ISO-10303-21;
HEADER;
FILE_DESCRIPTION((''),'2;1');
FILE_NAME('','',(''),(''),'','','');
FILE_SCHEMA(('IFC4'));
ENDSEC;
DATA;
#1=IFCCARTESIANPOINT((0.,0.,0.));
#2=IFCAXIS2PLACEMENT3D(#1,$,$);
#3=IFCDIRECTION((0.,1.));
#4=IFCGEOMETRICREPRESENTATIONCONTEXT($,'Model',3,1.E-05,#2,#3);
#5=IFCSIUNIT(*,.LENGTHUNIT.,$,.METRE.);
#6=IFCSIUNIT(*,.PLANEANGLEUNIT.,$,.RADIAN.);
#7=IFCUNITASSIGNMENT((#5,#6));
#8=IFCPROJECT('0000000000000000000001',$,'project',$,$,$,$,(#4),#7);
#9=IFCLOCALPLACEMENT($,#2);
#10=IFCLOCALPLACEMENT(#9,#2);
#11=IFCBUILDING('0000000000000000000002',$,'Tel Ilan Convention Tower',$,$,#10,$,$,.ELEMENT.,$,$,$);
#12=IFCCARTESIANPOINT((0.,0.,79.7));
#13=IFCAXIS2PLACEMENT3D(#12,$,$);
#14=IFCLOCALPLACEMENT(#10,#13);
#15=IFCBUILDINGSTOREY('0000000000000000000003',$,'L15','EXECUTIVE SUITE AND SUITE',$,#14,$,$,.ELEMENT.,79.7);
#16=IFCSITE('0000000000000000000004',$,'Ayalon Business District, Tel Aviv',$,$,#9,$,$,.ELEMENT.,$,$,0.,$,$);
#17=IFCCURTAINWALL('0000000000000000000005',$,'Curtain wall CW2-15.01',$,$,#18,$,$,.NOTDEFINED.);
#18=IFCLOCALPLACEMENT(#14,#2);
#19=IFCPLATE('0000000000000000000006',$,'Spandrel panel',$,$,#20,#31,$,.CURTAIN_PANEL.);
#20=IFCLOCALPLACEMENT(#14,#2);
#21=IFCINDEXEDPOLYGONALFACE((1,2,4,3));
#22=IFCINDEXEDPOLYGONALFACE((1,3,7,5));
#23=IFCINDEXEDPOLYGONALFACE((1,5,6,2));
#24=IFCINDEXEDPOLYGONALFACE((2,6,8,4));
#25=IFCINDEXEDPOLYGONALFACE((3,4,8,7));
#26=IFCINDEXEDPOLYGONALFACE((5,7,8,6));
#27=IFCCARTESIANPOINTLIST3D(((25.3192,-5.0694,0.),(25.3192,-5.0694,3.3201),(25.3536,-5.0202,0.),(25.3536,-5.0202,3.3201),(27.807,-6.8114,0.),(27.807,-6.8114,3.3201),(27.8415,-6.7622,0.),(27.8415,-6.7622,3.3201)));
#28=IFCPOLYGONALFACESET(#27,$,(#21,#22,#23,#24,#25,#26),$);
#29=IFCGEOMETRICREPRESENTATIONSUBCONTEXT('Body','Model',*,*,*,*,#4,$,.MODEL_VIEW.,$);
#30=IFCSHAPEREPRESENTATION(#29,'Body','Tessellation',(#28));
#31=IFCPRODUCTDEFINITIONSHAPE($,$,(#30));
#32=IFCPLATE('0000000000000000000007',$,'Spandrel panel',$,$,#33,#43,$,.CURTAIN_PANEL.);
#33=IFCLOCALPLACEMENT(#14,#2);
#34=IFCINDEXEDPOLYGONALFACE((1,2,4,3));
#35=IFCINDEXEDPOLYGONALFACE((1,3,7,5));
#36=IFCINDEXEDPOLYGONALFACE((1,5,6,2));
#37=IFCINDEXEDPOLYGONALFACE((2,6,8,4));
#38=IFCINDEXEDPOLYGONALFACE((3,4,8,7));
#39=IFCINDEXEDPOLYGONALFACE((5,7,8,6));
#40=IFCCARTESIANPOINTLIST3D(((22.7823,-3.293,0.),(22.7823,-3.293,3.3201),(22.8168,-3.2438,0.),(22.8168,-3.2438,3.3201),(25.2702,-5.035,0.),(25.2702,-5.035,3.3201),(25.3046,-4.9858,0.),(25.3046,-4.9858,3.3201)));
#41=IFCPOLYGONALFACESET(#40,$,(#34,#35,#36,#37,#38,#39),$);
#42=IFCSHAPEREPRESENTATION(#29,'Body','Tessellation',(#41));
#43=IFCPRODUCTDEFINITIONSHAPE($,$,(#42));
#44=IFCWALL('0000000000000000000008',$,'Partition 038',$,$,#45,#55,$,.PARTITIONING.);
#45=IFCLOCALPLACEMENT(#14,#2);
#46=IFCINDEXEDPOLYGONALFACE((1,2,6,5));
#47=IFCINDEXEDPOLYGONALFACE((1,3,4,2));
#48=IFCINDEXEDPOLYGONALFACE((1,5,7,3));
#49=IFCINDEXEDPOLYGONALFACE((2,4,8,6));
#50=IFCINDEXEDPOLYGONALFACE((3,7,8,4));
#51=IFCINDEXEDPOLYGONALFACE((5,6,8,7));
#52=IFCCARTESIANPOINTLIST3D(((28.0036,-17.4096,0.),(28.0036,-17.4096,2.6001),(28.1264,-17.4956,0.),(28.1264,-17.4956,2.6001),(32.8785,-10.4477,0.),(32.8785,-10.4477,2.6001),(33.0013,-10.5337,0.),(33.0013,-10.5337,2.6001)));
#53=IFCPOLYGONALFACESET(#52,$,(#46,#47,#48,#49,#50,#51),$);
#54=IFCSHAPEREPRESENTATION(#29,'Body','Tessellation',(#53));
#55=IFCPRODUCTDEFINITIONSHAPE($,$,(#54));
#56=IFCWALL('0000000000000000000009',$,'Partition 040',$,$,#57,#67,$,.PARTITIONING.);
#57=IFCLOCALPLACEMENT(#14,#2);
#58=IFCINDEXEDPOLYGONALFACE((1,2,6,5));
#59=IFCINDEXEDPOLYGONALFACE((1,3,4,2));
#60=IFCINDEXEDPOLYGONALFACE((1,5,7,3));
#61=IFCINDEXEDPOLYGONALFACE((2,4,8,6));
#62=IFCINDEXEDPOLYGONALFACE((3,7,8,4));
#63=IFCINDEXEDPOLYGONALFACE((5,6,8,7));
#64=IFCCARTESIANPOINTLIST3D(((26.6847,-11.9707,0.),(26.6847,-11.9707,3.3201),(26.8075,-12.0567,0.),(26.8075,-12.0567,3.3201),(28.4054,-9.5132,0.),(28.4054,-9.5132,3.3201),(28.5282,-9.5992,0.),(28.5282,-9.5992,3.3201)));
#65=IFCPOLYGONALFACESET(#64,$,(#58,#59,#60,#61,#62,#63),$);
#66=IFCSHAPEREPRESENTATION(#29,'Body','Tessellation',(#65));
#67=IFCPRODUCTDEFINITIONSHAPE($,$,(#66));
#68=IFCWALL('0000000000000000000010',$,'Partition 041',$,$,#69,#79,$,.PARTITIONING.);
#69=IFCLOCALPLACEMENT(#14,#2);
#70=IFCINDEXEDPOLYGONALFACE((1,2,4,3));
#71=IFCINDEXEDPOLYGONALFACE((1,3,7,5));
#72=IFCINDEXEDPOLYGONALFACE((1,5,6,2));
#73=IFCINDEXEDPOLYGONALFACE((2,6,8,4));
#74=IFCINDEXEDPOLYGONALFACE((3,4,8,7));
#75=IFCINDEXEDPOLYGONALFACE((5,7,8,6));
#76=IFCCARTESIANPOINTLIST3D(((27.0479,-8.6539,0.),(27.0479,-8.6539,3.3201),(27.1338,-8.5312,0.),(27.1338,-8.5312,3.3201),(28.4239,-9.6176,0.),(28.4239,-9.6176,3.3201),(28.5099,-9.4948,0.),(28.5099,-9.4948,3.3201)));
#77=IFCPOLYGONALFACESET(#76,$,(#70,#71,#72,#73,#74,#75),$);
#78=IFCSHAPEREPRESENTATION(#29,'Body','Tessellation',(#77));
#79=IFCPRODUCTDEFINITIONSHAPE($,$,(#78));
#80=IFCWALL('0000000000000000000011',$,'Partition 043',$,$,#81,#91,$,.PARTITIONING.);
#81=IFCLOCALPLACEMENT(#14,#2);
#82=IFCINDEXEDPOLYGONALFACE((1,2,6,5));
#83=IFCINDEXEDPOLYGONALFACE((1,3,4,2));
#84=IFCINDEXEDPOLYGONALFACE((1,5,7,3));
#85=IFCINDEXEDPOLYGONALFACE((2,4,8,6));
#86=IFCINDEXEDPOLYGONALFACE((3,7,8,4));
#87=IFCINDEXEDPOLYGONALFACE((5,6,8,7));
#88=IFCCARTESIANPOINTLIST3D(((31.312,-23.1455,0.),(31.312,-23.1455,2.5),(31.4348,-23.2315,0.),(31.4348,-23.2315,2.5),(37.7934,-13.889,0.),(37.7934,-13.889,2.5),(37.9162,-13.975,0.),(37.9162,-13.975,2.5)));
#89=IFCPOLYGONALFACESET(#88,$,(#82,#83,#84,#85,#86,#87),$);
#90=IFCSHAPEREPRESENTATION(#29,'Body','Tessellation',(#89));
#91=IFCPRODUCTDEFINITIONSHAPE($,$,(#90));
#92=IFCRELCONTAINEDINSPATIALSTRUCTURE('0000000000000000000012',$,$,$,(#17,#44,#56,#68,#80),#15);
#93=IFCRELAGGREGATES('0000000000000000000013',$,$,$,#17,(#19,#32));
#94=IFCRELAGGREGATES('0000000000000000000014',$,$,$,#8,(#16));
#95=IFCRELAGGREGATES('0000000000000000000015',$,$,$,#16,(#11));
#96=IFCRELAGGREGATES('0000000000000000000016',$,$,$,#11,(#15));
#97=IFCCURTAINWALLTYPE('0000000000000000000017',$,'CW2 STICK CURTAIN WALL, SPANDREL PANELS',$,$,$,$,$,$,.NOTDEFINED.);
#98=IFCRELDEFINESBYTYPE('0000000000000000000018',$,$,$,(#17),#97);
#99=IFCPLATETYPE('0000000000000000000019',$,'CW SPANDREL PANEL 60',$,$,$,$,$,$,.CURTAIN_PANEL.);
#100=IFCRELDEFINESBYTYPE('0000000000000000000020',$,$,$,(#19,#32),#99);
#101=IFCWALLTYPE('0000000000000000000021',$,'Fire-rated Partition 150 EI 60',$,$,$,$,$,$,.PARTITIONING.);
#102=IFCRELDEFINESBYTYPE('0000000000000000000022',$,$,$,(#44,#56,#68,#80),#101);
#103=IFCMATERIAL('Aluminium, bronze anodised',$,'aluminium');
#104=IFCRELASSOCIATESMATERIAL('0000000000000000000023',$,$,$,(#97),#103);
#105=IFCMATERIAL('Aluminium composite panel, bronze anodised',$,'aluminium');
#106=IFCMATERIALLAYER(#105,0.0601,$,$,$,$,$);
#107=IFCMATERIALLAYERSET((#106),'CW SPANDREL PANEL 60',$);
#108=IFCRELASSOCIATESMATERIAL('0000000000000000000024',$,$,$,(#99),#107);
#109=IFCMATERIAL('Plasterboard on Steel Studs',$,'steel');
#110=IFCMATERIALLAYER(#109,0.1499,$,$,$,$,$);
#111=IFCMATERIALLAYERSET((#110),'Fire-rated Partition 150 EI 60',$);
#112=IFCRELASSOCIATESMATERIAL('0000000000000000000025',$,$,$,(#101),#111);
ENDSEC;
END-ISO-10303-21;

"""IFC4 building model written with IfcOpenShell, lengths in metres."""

from ifc_helpers import new_model, si_unit, direction, frame, frame_2d, origin, origin_2d, place, context, subcontext, project, spatial, rectangle, extrude, material, layer, layer_set, type_object, element, aggregate, save


model = new_model("IFC4")

# Units and contexts
model_context = context("Model", 3, precision=1e-05, world=origin(), true_north=direction((0.0, 1.0)))
body_context = subcontext(model_context, "Body", "Model", "MODEL_VIEW")
ifc_project = project(units=[si_unit("LENGTHUNIT", "METRE"), si_unit("PLANEANGLEUNIT", "RADIAN")], contexts=[model_context])

# Site, building, storey
site_placement = place(None, origin())
site = spatial("IfcSite", under=ifc_project, at=site_placement, Name="Ayalon Business District, Tel Aviv", CompositionType="ELEMENT", RefElevation=0.0)
building_placement = place(site_placement, origin())
building = spatial("IfcBuilding", under=site, at=building_placement, Name="Tel Ilan Convention Tower", CompositionType="ELEMENT")
storey_placement = place(building_placement, frame((0.0, 0.0, 79.7)))
storey = spatial("IfcBuildingStorey", under=building, at=storey_placement, Name="L15", Description="EXECUTIVE SUITE AND SUITE", CompositionType="ELEMENT", Elevation=79.7)

# Curtain wall
ifc_material_1 = material(Name="Aluminium, bronze anodised", Category="aluminium")
curtain_wall_type_1 = type_object("IfcCurtainWallType", Name="CW2 STICK CURTAIN WALL, SPANDREL PANELS", PredefinedType="NOTDEFINED", material=ifc_material_1)
curtain_wall_1_placement = place(storey_placement, origin())
curtain_wall_1 = element("IfcCurtainWall", 1, at=curtain_wall_1_placement, inside=storey, type_object=curtain_wall_type_1, Name="Curtain wall CW2-15.01", PredefinedType="NOTDEFINED")

# Plates
ifc_material_2 = material(Name="Aluminium composite panel, bronze anodised", Category="aluminium")
ifc_layer_1 = layer(ifc_material_2, 0.0601)
ifc_layer_set_1 = layer_set([ifc_layer_1], Name="CW SPANDREL PANEL 60")
plate_type_1 = type_object("IfcPlateType", Name="CW SPANDREL PANEL 60", PredefinedType="CURTAIN_PANEL", material=ifc_layer_set_1)
plate_1_placement = place(storey_placement, frame((26.5803, -5.9158, 0.0), z_axis=(0.0, 0.0, 1.0), x_axis=(-0.819152, 0.573576, 0.0)))
plate_1 = element("IfcPlate", 2, at=plate_1_placement, type_object=plate_type_1, Name="Spandrel panel", PredefinedType="CURTAIN_PANEL", context=body_context, shape_type="SweptSolid", body=[
    extrude(rectangle(XDim=3.0371, YDim=0.0601, at=origin_2d()), origin(), (0.0, 0.0, 1.0), 3.3201),
])
plate_2_placement = place(storey_placement, frame((24.0435, -4.1394, 0.0), z_axis=(0.0, 0.0, 1.0), x_axis=(-0.819152, 0.573576, 0.0)))
plate_2 = element("IfcPlate", 3, at=plate_2_placement, type_object=plate_type_1, Name="Spandrel panel", PredefinedType="CURTAIN_PANEL", context=body_context, shape_type="SweptSolid", body=[
    extrude(rectangle(XDim=3.0371, YDim=0.0601, at=origin_2d()), origin(), (0.0, 0.0, 1.0), 3.3201),
])
aggregate(curtain_wall_1, [plate_1, plate_2])

# Walls
ifc_material_3 = material(Name="Plasterboard on Steel Studs", Category="steel")
ifc_layer_2 = layer(ifc_material_3, 0.1499)
ifc_layer_set_2 = layer_set([ifc_layer_2], Name="Fire-rated Partition 150 EI 60")
wall_type = type_object("IfcWallType", Name="Fire-rated Partition 150 EI 60", PredefinedType="PARTITIONING", material=ifc_layer_set_2)
wall_1_placement = place(storey_placement, frame((32.9399, -10.4907, 0.0), z_axis=(0.0, 0.0, 1.0), x_axis=(-0.573593, -0.81914, 0.0)))
element("IfcWall", 4, at=wall_1_placement, inside=storey, type_object=wall_type, Name="Partition 038", PredefinedType="PARTITIONING", context=body_context, shape_type="SweptSolid", body=[
    extrude(rectangle(XDim=8.499, YDim=0.1499, at=frame_2d((4.2495, 0.0))), origin(), (0.0, 0.0, 1.0), 2.6001),
])
wall_2_placement = place(storey_placement, frame((26.7461, -12.0137, 0.0), z_axis=(0.0, 0.0, 1.0), x_axis=(0.573561, 0.819163, 0.0)))
element("IfcWall", 5, at=wall_2_placement, inside=storey, type_object=wall_type, Name="Partition 040", PredefinedType="PARTITIONING", context=body_context, shape_type="SweptSolid", body=[
    extrude(rectangle(XDim=3.0, YDim=0.1499, at=frame_2d((1.5, 0.0))), origin(), (0.0, 0.0, 1.0), 3.3201),
])
wall_3_placement = place(storey_placement, frame((28.4668, -9.5562, 0.0), z_axis=(0.0, 0.0, 1.0), x_axis=(-0.819109, 0.573638, 0.0)))
element("IfcWall", 6, at=wall_3_placement, inside=storey, type_object=wall_type, Name="Partition 041", PredefinedType="PARTITIONING", context=body_context, shape_type="SweptSolid", body=[
    extrude(rectangle(XDim=1.6799, YDim=0.1499, at=frame_2d((0.8398, 0.0))), origin(), (0.0, 0.0, 1.0), 3.3201),
])
wall_4_placement = place(storey_placement, frame((37.8547, -13.9321, 0.0), z_axis=(0.0, 0.0, 1.0), x_axis=(-0.573571, -0.819156, 0.0)))
element("IfcWall", 7, at=wall_4_placement, inside=storey, type_object=wall_type, Name="Partition 043", PredefinedType="PARTITIONING", context=body_context, shape_type="SweptSolid", body=[
    extrude(rectangle(XDim=11.3, YDim=0.1499, at=frame_2d((5.6499, 0.0))), origin(), (0.0, 0.0, 1.0), 2.5),
])

save(model, "model.ifc")
